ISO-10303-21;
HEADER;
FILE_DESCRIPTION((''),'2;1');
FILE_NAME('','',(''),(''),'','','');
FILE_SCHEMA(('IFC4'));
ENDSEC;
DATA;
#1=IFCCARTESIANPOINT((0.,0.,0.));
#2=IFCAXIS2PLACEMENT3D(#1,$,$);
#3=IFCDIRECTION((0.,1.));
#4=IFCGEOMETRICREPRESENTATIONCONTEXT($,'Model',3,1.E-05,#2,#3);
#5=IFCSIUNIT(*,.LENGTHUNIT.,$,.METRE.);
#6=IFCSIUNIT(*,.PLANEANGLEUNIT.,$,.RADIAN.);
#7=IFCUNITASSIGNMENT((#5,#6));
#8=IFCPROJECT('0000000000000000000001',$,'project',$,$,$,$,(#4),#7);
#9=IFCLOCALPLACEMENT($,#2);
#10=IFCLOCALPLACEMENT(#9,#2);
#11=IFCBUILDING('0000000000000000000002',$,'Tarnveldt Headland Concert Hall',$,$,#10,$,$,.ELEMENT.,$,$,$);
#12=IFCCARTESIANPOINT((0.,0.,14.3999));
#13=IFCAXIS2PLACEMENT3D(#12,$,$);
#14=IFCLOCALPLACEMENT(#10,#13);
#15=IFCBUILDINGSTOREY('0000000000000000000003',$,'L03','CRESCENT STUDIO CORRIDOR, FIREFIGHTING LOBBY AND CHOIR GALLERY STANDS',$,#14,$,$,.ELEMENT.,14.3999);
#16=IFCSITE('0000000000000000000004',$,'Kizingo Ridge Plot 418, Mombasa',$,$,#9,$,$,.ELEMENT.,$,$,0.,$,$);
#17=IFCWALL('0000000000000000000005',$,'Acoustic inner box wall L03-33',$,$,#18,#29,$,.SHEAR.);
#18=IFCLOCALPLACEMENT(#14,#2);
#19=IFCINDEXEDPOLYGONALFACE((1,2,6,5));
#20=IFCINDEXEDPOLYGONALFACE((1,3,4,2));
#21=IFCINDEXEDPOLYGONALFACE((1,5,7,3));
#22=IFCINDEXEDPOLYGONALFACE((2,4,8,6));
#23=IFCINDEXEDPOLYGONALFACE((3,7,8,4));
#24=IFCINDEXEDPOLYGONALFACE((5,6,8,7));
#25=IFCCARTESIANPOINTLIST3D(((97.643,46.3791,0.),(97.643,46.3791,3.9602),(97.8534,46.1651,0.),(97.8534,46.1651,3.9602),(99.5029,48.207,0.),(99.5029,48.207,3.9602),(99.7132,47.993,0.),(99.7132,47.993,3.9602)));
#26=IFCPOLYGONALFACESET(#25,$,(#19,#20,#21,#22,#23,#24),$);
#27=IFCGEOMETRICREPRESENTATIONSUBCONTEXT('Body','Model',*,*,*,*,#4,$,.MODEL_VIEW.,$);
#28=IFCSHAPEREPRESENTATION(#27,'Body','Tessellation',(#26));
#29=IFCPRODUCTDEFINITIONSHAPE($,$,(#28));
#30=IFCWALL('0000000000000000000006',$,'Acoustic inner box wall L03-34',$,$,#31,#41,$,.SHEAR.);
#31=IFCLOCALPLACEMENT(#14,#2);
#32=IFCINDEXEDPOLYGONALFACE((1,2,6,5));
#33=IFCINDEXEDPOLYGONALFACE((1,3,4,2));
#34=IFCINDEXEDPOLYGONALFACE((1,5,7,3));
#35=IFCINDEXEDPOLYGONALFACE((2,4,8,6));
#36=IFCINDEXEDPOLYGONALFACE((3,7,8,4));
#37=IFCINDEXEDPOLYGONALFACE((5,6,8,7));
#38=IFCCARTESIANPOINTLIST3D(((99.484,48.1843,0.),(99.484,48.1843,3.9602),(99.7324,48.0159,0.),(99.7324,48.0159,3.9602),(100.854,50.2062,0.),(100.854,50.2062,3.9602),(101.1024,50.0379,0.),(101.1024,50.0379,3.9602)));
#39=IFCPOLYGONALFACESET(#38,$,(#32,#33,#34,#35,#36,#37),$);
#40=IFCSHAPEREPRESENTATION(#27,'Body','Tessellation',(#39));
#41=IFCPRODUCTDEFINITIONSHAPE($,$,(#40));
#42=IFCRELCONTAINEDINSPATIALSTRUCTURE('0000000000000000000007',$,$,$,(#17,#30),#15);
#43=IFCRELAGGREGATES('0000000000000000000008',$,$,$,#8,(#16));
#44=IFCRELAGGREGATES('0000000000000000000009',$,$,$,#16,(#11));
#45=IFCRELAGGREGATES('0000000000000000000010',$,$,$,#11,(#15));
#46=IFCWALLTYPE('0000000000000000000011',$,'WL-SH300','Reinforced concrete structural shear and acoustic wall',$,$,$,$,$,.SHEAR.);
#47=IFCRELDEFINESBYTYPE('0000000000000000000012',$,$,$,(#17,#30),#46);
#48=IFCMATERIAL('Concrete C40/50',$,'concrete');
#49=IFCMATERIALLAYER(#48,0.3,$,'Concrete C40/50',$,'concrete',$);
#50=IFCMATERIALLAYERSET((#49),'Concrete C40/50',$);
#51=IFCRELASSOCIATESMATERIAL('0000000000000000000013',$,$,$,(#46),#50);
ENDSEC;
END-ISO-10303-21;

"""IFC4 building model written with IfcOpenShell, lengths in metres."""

from ifc_helpers import new_model, si_unit, direction, frame, frame_2d, origin, place, context, subcontext, project, spatial, rectangle, extrude, material, layer, layer_set, type_object, element, save


model = new_model("IFC4")

# Units and contexts
model_context = context("Model", 3, precision=1e-05, world=origin(), true_north=direction((0.0, 1.0)))
body_context = subcontext(model_context, "Body", "Model", "MODEL_VIEW")
ifc_project = project(units=[si_unit("LENGTHUNIT", "METRE"), si_unit("PLANEANGLEUNIT", "RADIAN")], contexts=[model_context])

# Site, building, storey
site_placement = place(None, origin())
site = spatial("IfcSite", under=ifc_project, at=site_placement, Name="Kizingo Ridge Plot 418, Mombasa", CompositionType="ELEMENT", RefElevation=0.0)
building_placement = place(site_placement, origin())
building = spatial("IfcBuilding", under=site, at=building_placement, Name="Tarnveldt Headland Concert Hall", CompositionType="ELEMENT")
storey_placement = place(building_placement, frame((0.0, 0.0, 14.3999)))
storey = spatial("IfcBuildingStorey", under=building, at=storey_placement, Name="L03", Description="CRESCENT STUDIO CORRIDOR, FIREFIGHTING LOBBY AND CHOIR GALLERY STANDS", CompositionType="ELEMENT", Elevation=14.3999)

# Shared definitions
ifc_material_1 = material(Name="Concrete C40/50", Category="concrete")

# Shared definitions
ifc_layer_1 = layer(ifc_material_1, 0.3, Name="Concrete C40/50", Category="concrete")
ifc_layer_set_1 = layer_set([ifc_layer_1], Name="Concrete C40/50")
wall_type_1 = type_object("IfcWallType", Name="WL-SH300", Description="Reinforced concrete structural shear and acoustic wall", PredefinedType="SHEAR", material=ifc_layer_set_1)

# Walls
wall_1_placement = place(storey_placement, frame((97.7483, 46.2722, 0.0), z_axis=(0.0, 0.0, 1.0), x_axis=(0.713212, 0.700948, 0.0)))
element("IfcWall", 1, at=wall_1_placement, inside=storey, type_object=wall_type_1, Name="Acoustic inner box wall L03-33", PredefinedType="SHEAR", context=body_context, shape_type="SweptSolid", body=[
    extrude(rectangle(XDim=2.6077, YDim=0.3, at=frame_2d((1.3037, 0.0))), origin(), (0.0, 0.0, 1.0), 3.9602),
])
wall_2_placement = place(storey_placement, frame((99.6082, 48.1001, 0.0), z_axis=(0.0, 0.0, 1.0), x_axis=(0.560959, 0.827844, 0.0)))
element("IfcWall", 2, at=wall_2_placement, inside=storey, type_object=wall_type_1, Name="Acoustic inner box wall L03-34", PredefinedType="SHEAR", context=body_context, shape_type="SweptSolid", body=[
    extrude(rectangle(XDim=2.4424, YDim=0.3, at=frame_2d((1.2212, 0.0))), origin(), (0.0, 0.0, 1.0), 3.9602),
])

save(model, "model.ifc")
